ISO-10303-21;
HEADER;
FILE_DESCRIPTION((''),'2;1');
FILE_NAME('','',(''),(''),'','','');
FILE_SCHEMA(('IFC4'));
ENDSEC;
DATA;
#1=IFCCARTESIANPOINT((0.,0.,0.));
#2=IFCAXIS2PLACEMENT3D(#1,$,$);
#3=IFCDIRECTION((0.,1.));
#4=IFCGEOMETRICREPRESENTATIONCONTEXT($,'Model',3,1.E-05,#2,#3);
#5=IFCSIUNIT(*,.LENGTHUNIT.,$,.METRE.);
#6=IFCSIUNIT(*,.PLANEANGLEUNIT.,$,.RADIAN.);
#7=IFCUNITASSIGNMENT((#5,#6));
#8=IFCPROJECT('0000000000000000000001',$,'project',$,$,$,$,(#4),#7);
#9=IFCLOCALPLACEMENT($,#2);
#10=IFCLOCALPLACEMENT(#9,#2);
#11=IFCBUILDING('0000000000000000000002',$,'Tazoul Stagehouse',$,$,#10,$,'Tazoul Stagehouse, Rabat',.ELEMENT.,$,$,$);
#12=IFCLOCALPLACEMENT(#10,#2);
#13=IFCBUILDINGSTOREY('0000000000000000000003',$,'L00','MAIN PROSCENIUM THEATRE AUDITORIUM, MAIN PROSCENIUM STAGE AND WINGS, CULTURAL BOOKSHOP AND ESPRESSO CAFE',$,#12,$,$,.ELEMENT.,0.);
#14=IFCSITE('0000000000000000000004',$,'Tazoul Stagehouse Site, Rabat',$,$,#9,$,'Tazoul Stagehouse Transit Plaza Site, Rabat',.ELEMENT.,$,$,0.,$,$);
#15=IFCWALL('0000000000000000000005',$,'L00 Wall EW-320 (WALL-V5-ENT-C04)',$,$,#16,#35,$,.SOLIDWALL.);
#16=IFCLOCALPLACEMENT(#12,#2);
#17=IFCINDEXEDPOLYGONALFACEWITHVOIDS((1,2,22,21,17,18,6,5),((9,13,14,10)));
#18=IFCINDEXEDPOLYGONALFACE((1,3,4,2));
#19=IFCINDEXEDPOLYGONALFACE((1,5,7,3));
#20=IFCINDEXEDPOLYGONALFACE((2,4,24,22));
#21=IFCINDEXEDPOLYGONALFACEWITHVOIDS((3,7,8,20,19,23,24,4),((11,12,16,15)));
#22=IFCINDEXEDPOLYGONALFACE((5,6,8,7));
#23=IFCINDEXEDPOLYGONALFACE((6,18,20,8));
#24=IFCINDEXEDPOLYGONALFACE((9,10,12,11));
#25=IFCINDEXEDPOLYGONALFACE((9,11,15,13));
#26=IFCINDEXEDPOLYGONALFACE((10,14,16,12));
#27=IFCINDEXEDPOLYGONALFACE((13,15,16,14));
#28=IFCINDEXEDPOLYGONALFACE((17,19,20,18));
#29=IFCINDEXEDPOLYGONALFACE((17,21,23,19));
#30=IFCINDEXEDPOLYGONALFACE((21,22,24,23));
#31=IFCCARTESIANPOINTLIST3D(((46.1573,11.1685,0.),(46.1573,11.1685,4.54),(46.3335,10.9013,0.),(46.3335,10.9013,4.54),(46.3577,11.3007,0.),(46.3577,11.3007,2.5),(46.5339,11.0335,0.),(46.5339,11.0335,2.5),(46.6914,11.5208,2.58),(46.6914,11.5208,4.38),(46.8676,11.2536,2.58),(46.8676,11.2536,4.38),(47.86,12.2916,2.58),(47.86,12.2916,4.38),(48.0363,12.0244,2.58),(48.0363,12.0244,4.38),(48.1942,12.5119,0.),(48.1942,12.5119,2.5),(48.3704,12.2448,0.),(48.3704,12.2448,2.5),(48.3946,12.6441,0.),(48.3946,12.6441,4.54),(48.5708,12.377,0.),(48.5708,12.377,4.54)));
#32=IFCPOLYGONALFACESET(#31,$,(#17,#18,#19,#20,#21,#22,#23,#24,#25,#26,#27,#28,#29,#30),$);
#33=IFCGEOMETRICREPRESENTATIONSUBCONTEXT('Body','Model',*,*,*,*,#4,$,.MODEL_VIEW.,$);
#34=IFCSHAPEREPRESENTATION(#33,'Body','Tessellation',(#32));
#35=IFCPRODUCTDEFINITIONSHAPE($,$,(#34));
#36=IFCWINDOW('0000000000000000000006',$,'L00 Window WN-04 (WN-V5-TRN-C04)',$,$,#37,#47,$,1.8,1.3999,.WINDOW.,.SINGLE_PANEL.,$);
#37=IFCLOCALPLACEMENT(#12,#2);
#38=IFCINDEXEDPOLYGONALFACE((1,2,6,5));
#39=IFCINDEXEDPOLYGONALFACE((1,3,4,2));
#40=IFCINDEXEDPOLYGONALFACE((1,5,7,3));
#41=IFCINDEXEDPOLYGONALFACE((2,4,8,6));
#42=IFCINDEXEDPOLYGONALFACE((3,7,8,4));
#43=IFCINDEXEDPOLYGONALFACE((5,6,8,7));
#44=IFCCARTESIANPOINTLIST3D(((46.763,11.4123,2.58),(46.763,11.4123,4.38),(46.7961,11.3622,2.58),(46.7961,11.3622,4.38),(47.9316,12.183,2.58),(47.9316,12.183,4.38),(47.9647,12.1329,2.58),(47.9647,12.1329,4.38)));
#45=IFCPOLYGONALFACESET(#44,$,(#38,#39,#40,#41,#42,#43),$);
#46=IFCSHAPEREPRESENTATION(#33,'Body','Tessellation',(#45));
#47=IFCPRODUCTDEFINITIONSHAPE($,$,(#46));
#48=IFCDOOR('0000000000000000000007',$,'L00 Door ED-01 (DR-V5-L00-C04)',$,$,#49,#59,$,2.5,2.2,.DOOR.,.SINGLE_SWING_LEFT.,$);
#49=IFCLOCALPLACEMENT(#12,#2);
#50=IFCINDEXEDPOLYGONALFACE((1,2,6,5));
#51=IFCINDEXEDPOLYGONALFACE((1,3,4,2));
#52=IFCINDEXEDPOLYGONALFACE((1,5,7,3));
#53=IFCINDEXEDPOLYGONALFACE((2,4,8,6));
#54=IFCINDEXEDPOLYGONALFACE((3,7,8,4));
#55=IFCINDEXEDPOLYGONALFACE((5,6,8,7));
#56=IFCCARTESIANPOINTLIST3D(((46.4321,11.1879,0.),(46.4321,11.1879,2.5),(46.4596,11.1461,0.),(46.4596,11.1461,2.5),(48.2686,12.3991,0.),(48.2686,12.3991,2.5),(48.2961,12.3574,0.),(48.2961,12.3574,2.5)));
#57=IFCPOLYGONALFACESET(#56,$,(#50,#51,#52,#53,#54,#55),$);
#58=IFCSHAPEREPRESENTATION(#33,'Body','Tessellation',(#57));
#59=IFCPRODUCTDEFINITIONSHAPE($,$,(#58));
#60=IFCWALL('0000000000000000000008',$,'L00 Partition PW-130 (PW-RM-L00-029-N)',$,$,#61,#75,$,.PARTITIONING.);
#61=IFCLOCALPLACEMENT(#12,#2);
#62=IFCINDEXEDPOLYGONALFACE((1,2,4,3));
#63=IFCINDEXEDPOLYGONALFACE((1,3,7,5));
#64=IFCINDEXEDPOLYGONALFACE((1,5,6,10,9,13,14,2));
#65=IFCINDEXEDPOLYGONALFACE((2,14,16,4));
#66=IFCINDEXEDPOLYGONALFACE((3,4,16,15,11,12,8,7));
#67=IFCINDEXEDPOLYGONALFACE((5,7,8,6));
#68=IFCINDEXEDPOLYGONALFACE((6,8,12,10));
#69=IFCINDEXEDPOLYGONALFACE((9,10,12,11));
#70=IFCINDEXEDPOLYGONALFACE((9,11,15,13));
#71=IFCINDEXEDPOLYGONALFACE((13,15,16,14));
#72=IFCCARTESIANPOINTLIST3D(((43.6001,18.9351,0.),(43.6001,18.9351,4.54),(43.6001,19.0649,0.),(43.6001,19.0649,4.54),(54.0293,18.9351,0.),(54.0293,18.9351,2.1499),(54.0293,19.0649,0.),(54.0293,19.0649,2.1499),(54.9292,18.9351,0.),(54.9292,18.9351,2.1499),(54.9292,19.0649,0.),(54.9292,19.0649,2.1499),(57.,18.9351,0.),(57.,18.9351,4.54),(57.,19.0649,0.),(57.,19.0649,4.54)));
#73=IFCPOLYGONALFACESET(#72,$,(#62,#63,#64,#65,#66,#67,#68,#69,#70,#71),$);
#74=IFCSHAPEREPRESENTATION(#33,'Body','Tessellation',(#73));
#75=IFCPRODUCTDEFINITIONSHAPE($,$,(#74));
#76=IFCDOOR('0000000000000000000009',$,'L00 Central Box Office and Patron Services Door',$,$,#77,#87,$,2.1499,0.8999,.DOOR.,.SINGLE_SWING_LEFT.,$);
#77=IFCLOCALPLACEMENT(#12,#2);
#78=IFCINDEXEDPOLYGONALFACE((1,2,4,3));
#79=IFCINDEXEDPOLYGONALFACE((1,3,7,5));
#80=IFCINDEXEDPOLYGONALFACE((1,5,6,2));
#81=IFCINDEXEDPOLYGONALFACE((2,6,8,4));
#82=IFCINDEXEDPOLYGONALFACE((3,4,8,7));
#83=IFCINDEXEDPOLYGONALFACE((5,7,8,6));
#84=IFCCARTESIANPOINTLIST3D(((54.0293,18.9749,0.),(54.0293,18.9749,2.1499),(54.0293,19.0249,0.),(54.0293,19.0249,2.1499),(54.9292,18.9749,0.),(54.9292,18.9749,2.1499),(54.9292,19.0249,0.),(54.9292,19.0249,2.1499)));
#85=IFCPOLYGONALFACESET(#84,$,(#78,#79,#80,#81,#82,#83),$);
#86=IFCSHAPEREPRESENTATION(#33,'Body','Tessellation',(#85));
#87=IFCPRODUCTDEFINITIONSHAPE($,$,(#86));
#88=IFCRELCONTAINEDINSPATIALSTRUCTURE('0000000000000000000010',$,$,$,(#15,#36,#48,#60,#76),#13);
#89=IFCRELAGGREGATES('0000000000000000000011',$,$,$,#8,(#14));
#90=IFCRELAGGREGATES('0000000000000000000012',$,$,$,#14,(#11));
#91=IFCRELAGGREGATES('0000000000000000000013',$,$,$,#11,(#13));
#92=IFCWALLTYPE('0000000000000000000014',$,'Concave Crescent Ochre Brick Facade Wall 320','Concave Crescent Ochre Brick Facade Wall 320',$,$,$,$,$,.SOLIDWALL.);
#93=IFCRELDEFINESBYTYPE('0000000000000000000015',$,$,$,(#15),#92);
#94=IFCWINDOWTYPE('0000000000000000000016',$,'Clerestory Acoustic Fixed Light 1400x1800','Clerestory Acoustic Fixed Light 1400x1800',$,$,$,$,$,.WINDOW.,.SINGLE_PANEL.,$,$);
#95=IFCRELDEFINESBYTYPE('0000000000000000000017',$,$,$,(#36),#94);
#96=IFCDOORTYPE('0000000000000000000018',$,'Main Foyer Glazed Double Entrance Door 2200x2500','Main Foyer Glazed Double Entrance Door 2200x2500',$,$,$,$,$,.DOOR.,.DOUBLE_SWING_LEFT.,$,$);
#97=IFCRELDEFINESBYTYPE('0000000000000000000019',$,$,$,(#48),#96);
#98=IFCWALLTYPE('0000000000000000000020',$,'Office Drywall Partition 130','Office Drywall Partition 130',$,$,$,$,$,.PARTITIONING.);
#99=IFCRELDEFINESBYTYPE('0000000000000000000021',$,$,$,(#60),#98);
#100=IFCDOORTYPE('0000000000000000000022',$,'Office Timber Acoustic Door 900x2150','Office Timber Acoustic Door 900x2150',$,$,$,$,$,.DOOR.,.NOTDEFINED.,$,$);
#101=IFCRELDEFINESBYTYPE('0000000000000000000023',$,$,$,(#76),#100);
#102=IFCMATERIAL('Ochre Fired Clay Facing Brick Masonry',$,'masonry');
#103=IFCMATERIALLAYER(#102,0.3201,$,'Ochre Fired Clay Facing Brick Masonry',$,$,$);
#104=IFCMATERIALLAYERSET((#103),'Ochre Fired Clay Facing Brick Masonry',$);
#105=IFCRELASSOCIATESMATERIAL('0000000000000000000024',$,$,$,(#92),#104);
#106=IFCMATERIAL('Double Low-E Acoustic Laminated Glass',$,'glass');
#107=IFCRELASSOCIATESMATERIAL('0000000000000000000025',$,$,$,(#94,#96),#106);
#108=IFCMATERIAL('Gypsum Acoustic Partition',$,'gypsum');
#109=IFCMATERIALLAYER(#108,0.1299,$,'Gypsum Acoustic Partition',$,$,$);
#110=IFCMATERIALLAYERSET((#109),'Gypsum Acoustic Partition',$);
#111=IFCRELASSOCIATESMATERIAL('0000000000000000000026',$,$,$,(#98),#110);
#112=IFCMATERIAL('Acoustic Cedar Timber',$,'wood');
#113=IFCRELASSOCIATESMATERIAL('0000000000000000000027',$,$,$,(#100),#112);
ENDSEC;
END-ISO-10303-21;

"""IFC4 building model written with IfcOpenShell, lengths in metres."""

from ifc_helpers import new_model, si_unit, direction, frame, frame_2d, origin, place, context, subcontext, project, spatial, rectangle, extrude, material, layer, layer_set, type_object, element, fill, save


model = new_model("IFC4")

# Units and contexts
model_context = context("Model", 3, precision=1e-05, world=origin(), true_north=direction((0.0, 1.0)))
body_context = subcontext(model_context, "Body", "Model", "MODEL_VIEW")
ifc_project = project(units=[si_unit("LENGTHUNIT", "METRE"), si_unit("PLANEANGLEUNIT", "RADIAN")], contexts=[model_context])

# Site, building, storey
site_placement = place(None, origin())
site = spatial("IfcSite", under=ifc_project, at=site_placement, Name="Tazoul Stagehouse Site, Rabat", LongName="Tazoul Stagehouse Transit Plaza Site, Rabat", CompositionType="ELEMENT", RefElevation=0.0)
building_placement = place(site_placement, origin())
building = spatial("IfcBuilding", under=site, at=building_placement, Name="Tazoul Stagehouse", LongName="Tazoul Stagehouse, Rabat", CompositionType="ELEMENT")
storey_placement = place(building_placement, origin())
storey = spatial("IfcBuildingStorey", under=building, at=storey_placement, Name="L00", Description="MAIN PROSCENIUM THEATRE AUDITORIUM, MAIN PROSCENIUM STAGE AND WINGS, CULTURAL BOOKSHOP AND ESPRESSO CAFE", CompositionType="ELEMENT", Elevation=0.0)

# Shared definitions
ifc_material_1 = material(Name="Double Low-E Acoustic Laminated Glass", Category="glass")

# Wall, openings, window, door
ifc_material_2 = material(Name="Ochre Fired Clay Facing Brick Masonry", Category="masonry")
ifc_layer_1 = layer(ifc_material_2, 0.3201, Name="Ochre Fired Clay Facing Brick Masonry")
ifc_layer_set_1 = layer_set([ifc_layer_1], Name="Ochre Fired Clay Facing Brick Masonry")
wall_type_1 = type_object("IfcWallType", Name="Concave Crescent Ochre Brick Facade Wall 320", Description="Concave Crescent Ochre Brick Facade Wall 320", PredefinedType="SOLIDWALL", material=ifc_layer_set_1)
wall_1_placement = place(storey_placement, frame((46.2454, 11.0349, 0.0), z_axis=(0.0, 0.0, 1.0), x_axis=(0.834787, 0.550573, 0.0)))
wall_1 = element("IfcWall", 1, at=wall_1_placement, inside=storey, type_object=wall_type_1, Name="L00 Wall EW-320 (WALL-V5-ENT-C04)", PredefinedType="SOLIDWALL", context=body_context, shape_type="SweptSolid", body=[
    extrude(rectangle(XDim=2.6802, YDim=0.3201, at=frame_2d((1.3401, 0.0))), origin(), (0.0, 0.0, 1.0), 4.54),
])
opening_1_placement = place(wall_1_placement, frame((0.6399, 0.0, 2.5801)))
opening_1 = element("IfcOpeningElement", 2, at=opening_1_placement, cuts=wall_1, PredefinedType="OPENING", context=body_context, shape_type="SweptSolid", body=[
    extrude(rectangle(XDim=1.3999, YDim=1.8, at=frame_2d((0.7, 0.8999))), frame((0.0, 0.1799, 0.0), z_axis=(0.0, -1.0, 0.0), x_axis=(1.0, 0.0, 0.0)), (0.0, 0.0, 1.0), 0.3601),
])
opening_2_placement = place(wall_1_placement, frame((0.24, 0.0, 0.0)))
opening_2 = element("IfcOpeningElement", 3, at=opening_2_placement, cuts=wall_1, PredefinedType="OPENING", context=body_context, shape_type="SweptSolid", body=[
    extrude(rectangle(XDim=2.2, YDim=2.5, at=frame_2d((1.1001, 1.25))), frame((0.0, 0.1799, 0.0), z_axis=(0.0, -1.0, 0.0), x_axis=(1.0, 0.0, 0.0)), (0.0, 0.0, 1.0), 0.3601),
])
window_type = type_object("IfcWindowType", Name="Clerestory Acoustic Fixed Light 1400x1800", Description="Clerestory Acoustic Fixed Light 1400x1800", PartitioningType="SINGLE_PANEL", PredefinedType="WINDOW", material=ifc_material_1)
window_placement = place(opening_1_placement, origin())
window = element("IfcWindow", 4, at=window_placement, inside=storey, type_object=window_type, Name="L00 Window WN-04 (WN-V5-TRN-C04)", OverallHeight=1.8, OverallWidth=1.3999, PartitioningType="SINGLE_PANEL", PredefinedType="WINDOW", context=body_context, shape_type="SweptSolid", body=[
    extrude(rectangle(XDim=1.3999, YDim=1.8, at=frame_2d((0.7, 0.8999))), frame((0.0, 0.03, 0.0), z_axis=(0.0, -1.0, 0.0), x_axis=(1.0, 0.0, 0.0)), (0.0, 0.0, 1.0), 0.0601),
])
fill(opening_1, window)
door_type_1 = type_object("IfcDoorType", Name="Main Foyer Glazed Double Entrance Door 2200x2500", Description="Main Foyer Glazed Double Entrance Door 2200x2500", OperationType="DOUBLE_SWING_LEFT", PredefinedType="DOOR", material=ifc_material_1)
door_1_placement = place(opening_2_placement, origin())
door_1 = element("IfcDoor", 5, at=door_1_placement, inside=storey, type_object=door_type_1, Name="L00 Door ED-01 (DR-V5-L00-C04)", OperationType="SINGLE_SWING_LEFT", OverallHeight=2.5, OverallWidth=2.2, PredefinedType="DOOR", context=body_context, shape_type="SweptSolid", body=[
    extrude(rectangle(XDim=2.2, YDim=2.5, at=frame_2d((1.1001, 1.25))), frame((0.0, 0.0249, 0.0), z_axis=(0.0, -1.0, 0.0), x_axis=(1.0, 0.0, 0.0)), (0.0, 0.0, 1.0), 0.05),
])
fill(opening_2, door_1)

# Wall, opening, door
ifc_material_3 = material(Name="Gypsum Acoustic Partition", Category="gypsum")
ifc_layer_2 = layer(ifc_material_3, 0.1299, Name="Gypsum Acoustic Partition")
ifc_layer_set_2 = layer_set([ifc_layer_2], Name="Gypsum Acoustic Partition")
wall_type_2 = type_object("IfcWallType", Name="Office Drywall Partition 130", Description="Office Drywall Partition 130", PredefinedType="PARTITIONING", material=ifc_layer_set_2)
wall_2_placement = place(storey_placement, frame((43.6001, 19.0, 0.0), z_axis=(0.0, 0.0, 1.0), x_axis=(1.0, 0.0, 0.0)))
wall_2 = element("IfcWall", 6, at=wall_2_placement, inside=storey, type_object=wall_type_2, Name="L00 Partition PW-130 (PW-RM-L00-029-N)", PredefinedType="PARTITIONING", context=body_context, shape_type="SweptSolid", body=[
    extrude(rectangle(XDim=13.3999, YDim=0.1299, at=frame_2d((6.7, 0.0))), origin(), (0.0, 0.0, 1.0), 4.54),
])
opening_3_placement = place(wall_2_placement, frame((10.4292, 0.0, 0.0)))
opening_3 = element("IfcOpeningElement", 7, at=opening_3_placement, cuts=wall_2, PredefinedType="OPENING", context=body_context, shape_type="SweptSolid", body=[
    extrude(rectangle(XDim=0.8999, YDim=2.1499, at=frame_2d((0.45, 1.075))), frame((0.0, 0.085, 0.0), z_axis=(0.0, -1.0, 0.0), x_axis=(1.0, 0.0, 0.0)), (0.0, 0.0, 1.0), 0.1699),
])
ifc_material_4 = material(Name="Acoustic Cedar Timber", Category="wood")
door_type_2 = type_object("IfcDoorType", Name="Office Timber Acoustic Door 900x2150", Description="Office Timber Acoustic Door 900x2150", OperationType="NOTDEFINED", PredefinedType="DOOR", material=ifc_material_4)
door_2_placement = place(opening_3_placement, origin())
door_2 = element("IfcDoor", 8, at=door_2_placement, inside=storey, type_object=door_type_2, Name="L00 Central Box Office and Patron Services Door", OperationType="SINGLE_SWING_LEFT", OverallHeight=2.1499, OverallWidth=0.8999, PredefinedType="DOOR", context=body_context, shape_type="SweptSolid", body=[
    extrude(rectangle(XDim=0.8999, YDim=2.1499, at=frame_2d((0.45, 1.075))), frame((0.0, 0.0249, 0.0), z_axis=(0.0, -1.0, 0.0), x_axis=(1.0, 0.0, 0.0)), (0.0, 0.0, 1.0), 0.05),
])
fill(opening_3, door_2)

save(model, "model.ifc")
